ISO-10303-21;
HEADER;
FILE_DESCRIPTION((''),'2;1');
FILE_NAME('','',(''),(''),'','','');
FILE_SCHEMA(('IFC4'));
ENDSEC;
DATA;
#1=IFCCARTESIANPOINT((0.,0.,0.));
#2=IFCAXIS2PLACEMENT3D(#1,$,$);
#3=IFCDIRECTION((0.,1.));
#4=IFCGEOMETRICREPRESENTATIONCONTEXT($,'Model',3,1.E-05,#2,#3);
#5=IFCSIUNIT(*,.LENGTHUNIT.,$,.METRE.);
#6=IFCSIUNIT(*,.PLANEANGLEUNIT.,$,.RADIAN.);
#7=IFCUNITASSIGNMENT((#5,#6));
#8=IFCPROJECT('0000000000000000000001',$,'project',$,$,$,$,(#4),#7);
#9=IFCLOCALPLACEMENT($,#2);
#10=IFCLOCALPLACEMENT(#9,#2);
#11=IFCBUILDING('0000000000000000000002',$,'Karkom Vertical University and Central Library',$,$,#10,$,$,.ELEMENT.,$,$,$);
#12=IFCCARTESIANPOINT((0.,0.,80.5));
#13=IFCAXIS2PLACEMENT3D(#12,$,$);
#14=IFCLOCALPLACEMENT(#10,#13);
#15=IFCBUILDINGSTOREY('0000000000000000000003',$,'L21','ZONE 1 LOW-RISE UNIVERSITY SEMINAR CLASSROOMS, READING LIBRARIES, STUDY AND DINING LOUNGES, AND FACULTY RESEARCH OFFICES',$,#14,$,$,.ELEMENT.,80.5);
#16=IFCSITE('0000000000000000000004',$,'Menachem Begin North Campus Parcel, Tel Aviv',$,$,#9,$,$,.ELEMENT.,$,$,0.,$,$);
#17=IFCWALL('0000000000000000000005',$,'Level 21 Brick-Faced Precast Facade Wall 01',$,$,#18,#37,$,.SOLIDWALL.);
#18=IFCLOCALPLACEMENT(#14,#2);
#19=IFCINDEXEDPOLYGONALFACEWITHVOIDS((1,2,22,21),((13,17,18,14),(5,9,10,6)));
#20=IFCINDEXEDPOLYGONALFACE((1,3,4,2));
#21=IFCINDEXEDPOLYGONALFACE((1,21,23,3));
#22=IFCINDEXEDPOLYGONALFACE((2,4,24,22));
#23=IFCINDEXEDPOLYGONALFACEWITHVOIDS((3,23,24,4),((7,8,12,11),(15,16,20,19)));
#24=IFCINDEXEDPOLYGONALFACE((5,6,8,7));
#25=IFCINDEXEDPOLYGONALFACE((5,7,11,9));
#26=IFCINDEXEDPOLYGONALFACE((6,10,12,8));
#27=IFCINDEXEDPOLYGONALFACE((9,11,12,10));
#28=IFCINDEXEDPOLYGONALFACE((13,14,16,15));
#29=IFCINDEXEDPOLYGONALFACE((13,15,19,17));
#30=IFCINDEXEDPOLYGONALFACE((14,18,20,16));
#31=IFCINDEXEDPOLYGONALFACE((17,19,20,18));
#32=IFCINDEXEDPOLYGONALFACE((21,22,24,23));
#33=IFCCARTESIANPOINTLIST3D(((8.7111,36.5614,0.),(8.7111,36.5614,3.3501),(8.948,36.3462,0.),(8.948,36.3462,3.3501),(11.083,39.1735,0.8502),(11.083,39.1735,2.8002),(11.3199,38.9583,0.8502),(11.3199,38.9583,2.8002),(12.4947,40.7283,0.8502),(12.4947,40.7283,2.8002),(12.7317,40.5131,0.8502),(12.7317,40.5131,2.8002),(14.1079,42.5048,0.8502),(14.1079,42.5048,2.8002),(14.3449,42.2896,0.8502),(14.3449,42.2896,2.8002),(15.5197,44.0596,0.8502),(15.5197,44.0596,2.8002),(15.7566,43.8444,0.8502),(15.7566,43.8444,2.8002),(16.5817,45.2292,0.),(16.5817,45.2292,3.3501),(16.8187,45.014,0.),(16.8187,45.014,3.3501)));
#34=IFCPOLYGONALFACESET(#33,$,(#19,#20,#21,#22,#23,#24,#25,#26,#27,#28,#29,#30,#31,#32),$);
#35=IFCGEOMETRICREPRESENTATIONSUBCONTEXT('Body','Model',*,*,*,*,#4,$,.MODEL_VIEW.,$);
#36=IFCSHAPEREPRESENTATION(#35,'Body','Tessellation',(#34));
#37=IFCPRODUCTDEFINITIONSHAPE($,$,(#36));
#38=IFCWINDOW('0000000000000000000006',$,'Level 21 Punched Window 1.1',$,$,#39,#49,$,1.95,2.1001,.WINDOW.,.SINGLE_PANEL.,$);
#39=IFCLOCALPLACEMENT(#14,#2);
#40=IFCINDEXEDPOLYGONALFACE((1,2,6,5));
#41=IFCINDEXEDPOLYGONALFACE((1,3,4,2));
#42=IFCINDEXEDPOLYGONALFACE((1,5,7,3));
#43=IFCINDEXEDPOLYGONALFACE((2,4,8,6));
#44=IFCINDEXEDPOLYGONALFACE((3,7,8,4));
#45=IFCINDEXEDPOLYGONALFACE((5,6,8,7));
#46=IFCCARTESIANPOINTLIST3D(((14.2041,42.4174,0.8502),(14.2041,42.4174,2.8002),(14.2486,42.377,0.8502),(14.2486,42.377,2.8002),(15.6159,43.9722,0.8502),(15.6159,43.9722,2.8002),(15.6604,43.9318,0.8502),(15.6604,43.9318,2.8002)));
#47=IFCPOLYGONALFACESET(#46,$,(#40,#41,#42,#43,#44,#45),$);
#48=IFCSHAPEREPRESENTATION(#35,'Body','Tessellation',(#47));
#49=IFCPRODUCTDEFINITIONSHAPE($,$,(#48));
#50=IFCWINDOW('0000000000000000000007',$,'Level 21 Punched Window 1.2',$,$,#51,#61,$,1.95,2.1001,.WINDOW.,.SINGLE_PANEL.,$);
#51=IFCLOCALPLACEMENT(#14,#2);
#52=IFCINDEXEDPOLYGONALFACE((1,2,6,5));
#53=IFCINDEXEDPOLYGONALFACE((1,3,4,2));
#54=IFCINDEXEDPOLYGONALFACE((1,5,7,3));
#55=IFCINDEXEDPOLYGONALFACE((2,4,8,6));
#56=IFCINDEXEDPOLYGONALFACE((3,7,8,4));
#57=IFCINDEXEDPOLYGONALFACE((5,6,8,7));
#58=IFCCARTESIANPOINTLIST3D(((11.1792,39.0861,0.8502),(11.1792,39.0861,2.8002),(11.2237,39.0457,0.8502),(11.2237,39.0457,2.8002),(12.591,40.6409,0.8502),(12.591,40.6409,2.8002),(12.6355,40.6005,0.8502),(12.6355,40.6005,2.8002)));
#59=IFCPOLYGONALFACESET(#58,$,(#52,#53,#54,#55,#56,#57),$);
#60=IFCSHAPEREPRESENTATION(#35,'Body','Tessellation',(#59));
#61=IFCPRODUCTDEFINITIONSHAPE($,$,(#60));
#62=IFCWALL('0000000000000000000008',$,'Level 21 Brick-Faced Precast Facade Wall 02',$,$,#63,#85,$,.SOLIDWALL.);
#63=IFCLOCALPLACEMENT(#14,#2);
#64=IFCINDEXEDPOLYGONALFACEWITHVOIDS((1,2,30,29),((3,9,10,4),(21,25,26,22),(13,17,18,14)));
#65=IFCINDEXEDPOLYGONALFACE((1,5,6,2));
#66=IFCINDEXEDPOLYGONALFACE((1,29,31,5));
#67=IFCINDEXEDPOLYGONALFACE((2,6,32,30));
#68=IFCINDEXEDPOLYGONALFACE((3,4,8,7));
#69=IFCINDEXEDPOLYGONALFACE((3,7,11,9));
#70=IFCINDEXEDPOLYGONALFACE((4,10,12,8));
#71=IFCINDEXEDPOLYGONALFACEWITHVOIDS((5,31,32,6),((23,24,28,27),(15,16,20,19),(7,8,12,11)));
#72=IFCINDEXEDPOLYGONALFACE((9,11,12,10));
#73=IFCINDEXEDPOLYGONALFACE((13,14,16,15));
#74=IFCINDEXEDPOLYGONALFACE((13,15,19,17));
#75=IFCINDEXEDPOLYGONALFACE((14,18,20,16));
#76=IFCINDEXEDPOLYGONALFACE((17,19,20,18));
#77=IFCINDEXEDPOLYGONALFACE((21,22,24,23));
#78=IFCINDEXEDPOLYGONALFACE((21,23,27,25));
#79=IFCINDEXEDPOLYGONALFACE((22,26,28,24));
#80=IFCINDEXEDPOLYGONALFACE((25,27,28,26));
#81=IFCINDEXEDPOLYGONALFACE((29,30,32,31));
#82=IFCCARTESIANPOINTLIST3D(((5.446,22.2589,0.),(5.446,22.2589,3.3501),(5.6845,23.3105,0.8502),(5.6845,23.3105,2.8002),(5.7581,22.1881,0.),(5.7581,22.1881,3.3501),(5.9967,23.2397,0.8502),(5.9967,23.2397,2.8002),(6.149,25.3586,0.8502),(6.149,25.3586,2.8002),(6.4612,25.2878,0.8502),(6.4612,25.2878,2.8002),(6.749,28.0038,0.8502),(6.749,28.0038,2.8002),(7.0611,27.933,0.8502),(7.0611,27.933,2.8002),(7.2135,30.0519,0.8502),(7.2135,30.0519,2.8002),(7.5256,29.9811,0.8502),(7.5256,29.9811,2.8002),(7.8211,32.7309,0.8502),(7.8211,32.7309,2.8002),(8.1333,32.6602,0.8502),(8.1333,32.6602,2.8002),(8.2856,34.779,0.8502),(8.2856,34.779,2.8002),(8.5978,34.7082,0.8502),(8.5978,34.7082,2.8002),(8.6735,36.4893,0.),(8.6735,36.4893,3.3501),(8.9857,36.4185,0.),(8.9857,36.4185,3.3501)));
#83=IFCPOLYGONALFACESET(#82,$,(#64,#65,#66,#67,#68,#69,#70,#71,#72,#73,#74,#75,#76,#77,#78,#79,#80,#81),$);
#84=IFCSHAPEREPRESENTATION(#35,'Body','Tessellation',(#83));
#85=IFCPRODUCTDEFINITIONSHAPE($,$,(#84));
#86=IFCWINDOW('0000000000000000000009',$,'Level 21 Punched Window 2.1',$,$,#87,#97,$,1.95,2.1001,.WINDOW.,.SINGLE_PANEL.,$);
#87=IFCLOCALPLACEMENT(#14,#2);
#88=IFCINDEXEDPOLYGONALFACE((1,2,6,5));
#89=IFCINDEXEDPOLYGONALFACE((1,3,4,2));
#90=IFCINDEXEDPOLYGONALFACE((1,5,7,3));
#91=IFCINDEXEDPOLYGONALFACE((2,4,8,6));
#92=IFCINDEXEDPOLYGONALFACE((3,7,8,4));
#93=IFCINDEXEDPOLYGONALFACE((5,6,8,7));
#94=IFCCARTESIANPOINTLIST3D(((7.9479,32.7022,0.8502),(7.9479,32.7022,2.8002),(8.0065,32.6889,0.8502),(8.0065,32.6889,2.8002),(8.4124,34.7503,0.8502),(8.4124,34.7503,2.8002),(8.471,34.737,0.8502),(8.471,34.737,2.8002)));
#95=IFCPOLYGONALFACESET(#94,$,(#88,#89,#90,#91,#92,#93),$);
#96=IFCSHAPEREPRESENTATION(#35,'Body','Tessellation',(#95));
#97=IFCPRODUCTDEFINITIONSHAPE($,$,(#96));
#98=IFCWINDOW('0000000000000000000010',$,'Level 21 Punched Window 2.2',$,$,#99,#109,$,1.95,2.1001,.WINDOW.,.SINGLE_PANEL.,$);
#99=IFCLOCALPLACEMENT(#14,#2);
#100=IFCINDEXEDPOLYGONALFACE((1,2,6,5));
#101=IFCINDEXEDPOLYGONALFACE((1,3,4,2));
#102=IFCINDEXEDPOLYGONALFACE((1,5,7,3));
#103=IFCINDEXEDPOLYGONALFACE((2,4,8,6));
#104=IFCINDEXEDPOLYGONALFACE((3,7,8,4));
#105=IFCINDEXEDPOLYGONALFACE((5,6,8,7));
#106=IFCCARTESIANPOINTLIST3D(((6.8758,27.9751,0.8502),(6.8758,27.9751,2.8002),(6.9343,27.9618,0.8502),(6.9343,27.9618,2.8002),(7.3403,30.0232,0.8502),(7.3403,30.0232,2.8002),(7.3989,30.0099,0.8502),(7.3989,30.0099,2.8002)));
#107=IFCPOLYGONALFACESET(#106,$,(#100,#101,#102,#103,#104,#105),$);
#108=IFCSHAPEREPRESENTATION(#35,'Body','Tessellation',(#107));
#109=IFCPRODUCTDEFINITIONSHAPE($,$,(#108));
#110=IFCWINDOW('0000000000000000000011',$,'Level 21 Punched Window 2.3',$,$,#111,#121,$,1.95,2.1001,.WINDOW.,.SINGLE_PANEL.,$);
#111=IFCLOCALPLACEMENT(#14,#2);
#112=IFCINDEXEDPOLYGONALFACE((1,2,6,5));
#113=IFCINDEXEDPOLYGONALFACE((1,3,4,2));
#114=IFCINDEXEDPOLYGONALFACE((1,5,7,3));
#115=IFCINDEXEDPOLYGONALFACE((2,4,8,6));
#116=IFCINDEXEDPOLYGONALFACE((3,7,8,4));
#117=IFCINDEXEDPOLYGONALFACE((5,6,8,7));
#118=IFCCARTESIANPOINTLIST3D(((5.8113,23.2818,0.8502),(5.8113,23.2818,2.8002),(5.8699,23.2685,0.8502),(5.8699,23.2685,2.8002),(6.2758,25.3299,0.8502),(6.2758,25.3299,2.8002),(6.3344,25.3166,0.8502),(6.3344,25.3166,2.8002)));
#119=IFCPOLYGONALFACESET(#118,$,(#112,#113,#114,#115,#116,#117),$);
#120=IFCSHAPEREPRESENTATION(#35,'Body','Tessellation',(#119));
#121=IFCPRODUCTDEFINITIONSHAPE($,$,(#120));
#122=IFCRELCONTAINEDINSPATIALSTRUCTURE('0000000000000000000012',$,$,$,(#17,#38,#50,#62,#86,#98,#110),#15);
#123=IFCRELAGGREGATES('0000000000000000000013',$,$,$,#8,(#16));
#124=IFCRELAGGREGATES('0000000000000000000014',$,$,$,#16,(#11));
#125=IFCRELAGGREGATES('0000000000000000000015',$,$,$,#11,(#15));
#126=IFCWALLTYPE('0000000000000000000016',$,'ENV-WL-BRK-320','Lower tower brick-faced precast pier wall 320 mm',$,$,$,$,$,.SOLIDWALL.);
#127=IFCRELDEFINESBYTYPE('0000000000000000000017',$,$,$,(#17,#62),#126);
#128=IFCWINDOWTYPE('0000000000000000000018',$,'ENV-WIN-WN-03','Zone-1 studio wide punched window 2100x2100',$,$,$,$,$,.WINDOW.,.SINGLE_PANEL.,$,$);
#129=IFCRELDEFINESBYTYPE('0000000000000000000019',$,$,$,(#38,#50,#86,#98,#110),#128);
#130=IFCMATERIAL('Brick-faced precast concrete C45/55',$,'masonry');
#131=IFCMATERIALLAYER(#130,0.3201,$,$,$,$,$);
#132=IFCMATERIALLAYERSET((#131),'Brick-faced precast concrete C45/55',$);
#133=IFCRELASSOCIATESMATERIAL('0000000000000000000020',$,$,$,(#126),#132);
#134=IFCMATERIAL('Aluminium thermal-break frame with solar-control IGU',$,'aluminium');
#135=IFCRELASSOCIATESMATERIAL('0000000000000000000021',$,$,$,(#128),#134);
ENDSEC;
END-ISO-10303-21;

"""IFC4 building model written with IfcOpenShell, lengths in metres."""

from ifc_helpers import new_model, si_unit, direction, frame, frame_2d, origin, origin_with_axes, place, context, subcontext, project, spatial, rectangle, extrude, source, transform, mapped, material, layer, layer_set, type_object, element, fill, save


model = new_model("IFC4")

# Units and contexts
model_context = context("Model", 3, precision=1e-05, world=origin(), true_north=direction((0.0, 1.0)))
body_context = subcontext(model_context, "Body", "Model", "MODEL_VIEW")
ifc_project = project(units=[si_unit("LENGTHUNIT", "METRE"), si_unit("PLANEANGLEUNIT", "RADIAN")], contexts=[model_context])

# Site, building, storey
site_placement = place(None, origin())
site = spatial("IfcSite", under=ifc_project, at=site_placement, Name="Menachem Begin North Campus Parcel, Tel Aviv", CompositionType="ELEMENT", RefElevation=0.0)
building_placement = place(site_placement, origin())
building = spatial("IfcBuilding", under=site, at=building_placement, Name="Karkom Vertical University and Central Library", CompositionType="ELEMENT")
storey_placement = place(building_placement, frame((0.0, 0.0, 80.5)))
storey = spatial("IfcBuildingStorey", under=building, at=storey_placement, Name="L21", Description="ZONE 1 LOW-RISE UNIVERSITY SEMINAR CLASSROOMS, READING LIBRARIES, STUDY AND DINING LOUNGES, AND FACULTY RESEARCH OFFICES", CompositionType="ELEMENT", Elevation=80.5)

# Walls, openings, windows
ifc_material_1 = material(Name="Brick-faced precast concrete C45/55", Category="masonry")
ifc_layer_1 = layer(ifc_material_1, 0.3201)
ifc_layer_set_1 = layer_set([ifc_layer_1], Name="Brick-faced precast concrete C45/55")
wall_type_1 = type_object("IfcWallType", Name="ENV-WL-BRK-320", Description="Lower tower brick-faced precast pier wall 320 mm", PredefinedType="SOLIDWALL", material=ifc_layer_set_1)
wall_1_placement = place(storey_placement, frame((16.7002, 45.1216, 0.0), z_axis=(0.0, 0.0, 1.0), x_axis=(-0.672245, -0.740329, 0.0)))
wall_1 = element("IfcWall", 1, at=wall_1_placement, inside=storey, type_object=wall_type_1, Name="Level 21 Brick-Faced Precast Facade Wall 01", PredefinedType="SOLIDWALL", context=body_context, shape_type="SweptSolid", body=[
    extrude(rectangle(XDim=11.708, YDim=0.3201, at=frame_2d((5.854, 0.0))), origin(), (0.0, 0.0, 1.0), 3.3501),
])
opening_1_placement = place(wall_1_placement, frame((1.5798, 0.0, 0.8501)))
opening_1 = element("IfcOpeningElement", 2, at=opening_1_placement, cuts=wall_1, PredefinedType="OPENING", context=body_context, shape_type="SweptSolid", body=[
    extrude(rectangle(XDim=2.1001, YDim=1.95, at=frame_2d((1.05, 0.9751))), frame((0.0, 0.1699, 0.0), z_axis=(0.0, -1.0, 0.0), x_axis=(1.0, 0.0, 0.0)), (0.0, 0.0, 1.0), 0.3401),
])
opening_2_placement = place(wall_1_placement, frame((6.0796, 0.0, 0.8501)))
opening_2 = element("IfcOpeningElement", 3, at=opening_2_placement, cuts=wall_1, PredefinedType="OPENING", context=body_context, shape_type="SweptSolid", body=[
    extrude(rectangle(XDim=2.1001, YDim=1.95, at=frame_2d((1.05, 0.9751))), frame((0.0, 0.1699, 0.0), z_axis=(0.0, -1.0, 0.0), x_axis=(1.0, 0.0, 0.0)), (0.0, 0.0, 1.0), 0.3401),
])
ifc_material_2 = material(Name="Aluminium thermal-break frame with solar-control IGU", Category="aluminium")
window_type = type_object("IfcWindowType", Name="ENV-WIN-WN-03", Description="Zone-1 studio wide punched window 2100x2100", PartitioningType="SINGLE_PANEL", PredefinedType="WINDOW", material=ifc_material_2)
shared_shape_1 = source(origin_with_axes(), body_context, "Body", "SweptSolid", [
    extrude(rectangle(XDim=2.1001, YDim=1.95, at=frame_2d((1.05, 0.9751))), frame((0.0, 0.03, 0.0), z_axis=(0.0, -1.0, 0.0), x_axis=(1.0, 0.0, 0.0)), (0.0, 0.0, 1.0), 0.0601),
])
window_1_placement = place(opening_1_placement, origin())
window_1 = element("IfcWindow", 4, at=window_1_placement, inside=storey, type_object=window_type, Name="Level 21 Punched Window 1.1", OverallHeight=1.95, OverallWidth=2.1001, PartitioningType="SINGLE_PANEL", PredefinedType="WINDOW", context=body_context, shape_type="MappedRepresentation", body=[
    mapped(shared_shape_1, transform((0.0, 0.0, 0.0), scale=1.0)),
])
fill(opening_1, window_1)
window_2_placement = place(opening_2_placement, origin())
window_2 = element("IfcWindow", 5, at=window_2_placement, inside=storey, type_object=window_type, Name="Level 21 Punched Window 1.2", OverallHeight=1.95, OverallWidth=2.1001, PartitioningType="SINGLE_PANEL", PredefinedType="WINDOW", context=body_context, shape_type="MappedRepresentation", body=[
    mapped(shared_shape_1, transform((0.0, 0.0, 0.0), scale=1.0)),
])
fill(opening_2, window_2)
wall_2_placement = place(storey_placement, frame((8.8296, 36.4539, 0.0), z_axis=(0.0, 0.0, 1.0), x_axis=(-0.221187, -0.975231, 0.0)))
wall_2 = element("IfcWall", 6, at=wall_2_placement, inside=storey, type_object=wall_type_1, Name="Level 21 Brick-Faced Precast Facade Wall 02", PredefinedType="SOLIDWALL", context=body_context, shape_type="SweptSolid", body=[
    extrude(rectangle(XDim=14.5918, YDim=0.3201, at=frame_2d((7.2959, 0.0))), origin(), (0.0, 0.0, 1.0), 3.3501),
])
opening_3_placement = place(wall_2_placement, frame((1.7537, 0.0, 0.8501)))
opening_3 = element("IfcOpeningElement", 7, at=opening_3_placement, cuts=wall_2, PredefinedType="OPENING", context=body_context, shape_type="SweptSolid", body=[
    extrude(rectangle(XDim=2.1001, YDim=1.95, at=frame_2d((1.05, 0.9751))), frame((0.0, 0.1699, 0.0), z_axis=(0.0, -1.0, 0.0), x_axis=(1.0, 0.0, 0.0)), (0.0, 0.0, 1.0), 0.3401),
])
opening_4_placement = place(wall_2_placement, frame((6.6008, 0.0, 0.8501)))
opening_4 = element("IfcOpeningElement", 8, at=opening_4_placement, cuts=wall_2, PredefinedType="OPENING", context=body_context, shape_type="SweptSolid", body=[
    extrude(rectangle(XDim=2.1001, YDim=1.95, at=frame_2d((1.05, 0.9751))), frame((0.0, 0.1699, 0.0), z_axis=(0.0, -1.0, 0.0), x_axis=(1.0, 0.0, 0.0)), (0.0, 0.0, 1.0), 0.3401),
])
opening_5_placement = place(wall_2_placement, frame((11.4133, 0.0, 0.8501)))
opening_5 = element("IfcOpeningElement", 9, at=opening_5_placement, cuts=wall_2, PredefinedType="OPENING", context=body_context, shape_type="SweptSolid", body=[
    extrude(rectangle(XDim=2.1001, YDim=1.95, at=frame_2d((1.05, 0.9751))), frame((0.0, 0.1699, 0.0), z_axis=(0.0, -1.0, 0.0), x_axis=(1.0, 0.0, 0.0)), (0.0, 0.0, 1.0), 0.3401),
])
window_3_placement = place(opening_3_placement, origin())
window_3 = element("IfcWindow", 10, at=window_3_placement, inside=storey, type_object=window_type, Name="Level 21 Punched Window 2.1", OverallHeight=1.95, OverallWidth=2.1001, PartitioningType="SINGLE_PANEL", PredefinedType="WINDOW", context=body_context, shape_type="MappedRepresentation", body=[
    mapped(shared_shape_1, transform((0.0, 0.0, 0.0), scale=1.0)),
])
fill(opening_3, window_3)
window_4_placement = place(opening_4_placement, origin())
window_4 = element("IfcWindow", 11, at=window_4_placement, inside=storey, type_object=window_type, Name="Level 21 Punched Window 2.2", OverallHeight=1.95, OverallWidth=2.1001, PartitioningType="SINGLE_PANEL", PredefinedType="WINDOW", context=body_context, shape_type="MappedRepresentation", body=[
    mapped(shared_shape_1, transform((0.0, 0.0, 0.0), scale=1.0)),
])
fill(opening_4, window_4)
window_5_placement = place(opening_5_placement, origin())
window_5 = element("IfcWindow", 12, at=window_5_placement, inside=storey, type_object=window_type, Name="Level 21 Punched Window 2.3", OverallHeight=1.95, OverallWidth=2.1001, PartitioningType="SINGLE_PANEL", PredefinedType="WINDOW", context=body_context, shape_type="MappedRepresentation", body=[
    mapped(shared_shape_1, transform((0.0, 0.0, 0.0), scale=1.0)),
])
fill(opening_5, window_5)

save(model, "model.ifc")
